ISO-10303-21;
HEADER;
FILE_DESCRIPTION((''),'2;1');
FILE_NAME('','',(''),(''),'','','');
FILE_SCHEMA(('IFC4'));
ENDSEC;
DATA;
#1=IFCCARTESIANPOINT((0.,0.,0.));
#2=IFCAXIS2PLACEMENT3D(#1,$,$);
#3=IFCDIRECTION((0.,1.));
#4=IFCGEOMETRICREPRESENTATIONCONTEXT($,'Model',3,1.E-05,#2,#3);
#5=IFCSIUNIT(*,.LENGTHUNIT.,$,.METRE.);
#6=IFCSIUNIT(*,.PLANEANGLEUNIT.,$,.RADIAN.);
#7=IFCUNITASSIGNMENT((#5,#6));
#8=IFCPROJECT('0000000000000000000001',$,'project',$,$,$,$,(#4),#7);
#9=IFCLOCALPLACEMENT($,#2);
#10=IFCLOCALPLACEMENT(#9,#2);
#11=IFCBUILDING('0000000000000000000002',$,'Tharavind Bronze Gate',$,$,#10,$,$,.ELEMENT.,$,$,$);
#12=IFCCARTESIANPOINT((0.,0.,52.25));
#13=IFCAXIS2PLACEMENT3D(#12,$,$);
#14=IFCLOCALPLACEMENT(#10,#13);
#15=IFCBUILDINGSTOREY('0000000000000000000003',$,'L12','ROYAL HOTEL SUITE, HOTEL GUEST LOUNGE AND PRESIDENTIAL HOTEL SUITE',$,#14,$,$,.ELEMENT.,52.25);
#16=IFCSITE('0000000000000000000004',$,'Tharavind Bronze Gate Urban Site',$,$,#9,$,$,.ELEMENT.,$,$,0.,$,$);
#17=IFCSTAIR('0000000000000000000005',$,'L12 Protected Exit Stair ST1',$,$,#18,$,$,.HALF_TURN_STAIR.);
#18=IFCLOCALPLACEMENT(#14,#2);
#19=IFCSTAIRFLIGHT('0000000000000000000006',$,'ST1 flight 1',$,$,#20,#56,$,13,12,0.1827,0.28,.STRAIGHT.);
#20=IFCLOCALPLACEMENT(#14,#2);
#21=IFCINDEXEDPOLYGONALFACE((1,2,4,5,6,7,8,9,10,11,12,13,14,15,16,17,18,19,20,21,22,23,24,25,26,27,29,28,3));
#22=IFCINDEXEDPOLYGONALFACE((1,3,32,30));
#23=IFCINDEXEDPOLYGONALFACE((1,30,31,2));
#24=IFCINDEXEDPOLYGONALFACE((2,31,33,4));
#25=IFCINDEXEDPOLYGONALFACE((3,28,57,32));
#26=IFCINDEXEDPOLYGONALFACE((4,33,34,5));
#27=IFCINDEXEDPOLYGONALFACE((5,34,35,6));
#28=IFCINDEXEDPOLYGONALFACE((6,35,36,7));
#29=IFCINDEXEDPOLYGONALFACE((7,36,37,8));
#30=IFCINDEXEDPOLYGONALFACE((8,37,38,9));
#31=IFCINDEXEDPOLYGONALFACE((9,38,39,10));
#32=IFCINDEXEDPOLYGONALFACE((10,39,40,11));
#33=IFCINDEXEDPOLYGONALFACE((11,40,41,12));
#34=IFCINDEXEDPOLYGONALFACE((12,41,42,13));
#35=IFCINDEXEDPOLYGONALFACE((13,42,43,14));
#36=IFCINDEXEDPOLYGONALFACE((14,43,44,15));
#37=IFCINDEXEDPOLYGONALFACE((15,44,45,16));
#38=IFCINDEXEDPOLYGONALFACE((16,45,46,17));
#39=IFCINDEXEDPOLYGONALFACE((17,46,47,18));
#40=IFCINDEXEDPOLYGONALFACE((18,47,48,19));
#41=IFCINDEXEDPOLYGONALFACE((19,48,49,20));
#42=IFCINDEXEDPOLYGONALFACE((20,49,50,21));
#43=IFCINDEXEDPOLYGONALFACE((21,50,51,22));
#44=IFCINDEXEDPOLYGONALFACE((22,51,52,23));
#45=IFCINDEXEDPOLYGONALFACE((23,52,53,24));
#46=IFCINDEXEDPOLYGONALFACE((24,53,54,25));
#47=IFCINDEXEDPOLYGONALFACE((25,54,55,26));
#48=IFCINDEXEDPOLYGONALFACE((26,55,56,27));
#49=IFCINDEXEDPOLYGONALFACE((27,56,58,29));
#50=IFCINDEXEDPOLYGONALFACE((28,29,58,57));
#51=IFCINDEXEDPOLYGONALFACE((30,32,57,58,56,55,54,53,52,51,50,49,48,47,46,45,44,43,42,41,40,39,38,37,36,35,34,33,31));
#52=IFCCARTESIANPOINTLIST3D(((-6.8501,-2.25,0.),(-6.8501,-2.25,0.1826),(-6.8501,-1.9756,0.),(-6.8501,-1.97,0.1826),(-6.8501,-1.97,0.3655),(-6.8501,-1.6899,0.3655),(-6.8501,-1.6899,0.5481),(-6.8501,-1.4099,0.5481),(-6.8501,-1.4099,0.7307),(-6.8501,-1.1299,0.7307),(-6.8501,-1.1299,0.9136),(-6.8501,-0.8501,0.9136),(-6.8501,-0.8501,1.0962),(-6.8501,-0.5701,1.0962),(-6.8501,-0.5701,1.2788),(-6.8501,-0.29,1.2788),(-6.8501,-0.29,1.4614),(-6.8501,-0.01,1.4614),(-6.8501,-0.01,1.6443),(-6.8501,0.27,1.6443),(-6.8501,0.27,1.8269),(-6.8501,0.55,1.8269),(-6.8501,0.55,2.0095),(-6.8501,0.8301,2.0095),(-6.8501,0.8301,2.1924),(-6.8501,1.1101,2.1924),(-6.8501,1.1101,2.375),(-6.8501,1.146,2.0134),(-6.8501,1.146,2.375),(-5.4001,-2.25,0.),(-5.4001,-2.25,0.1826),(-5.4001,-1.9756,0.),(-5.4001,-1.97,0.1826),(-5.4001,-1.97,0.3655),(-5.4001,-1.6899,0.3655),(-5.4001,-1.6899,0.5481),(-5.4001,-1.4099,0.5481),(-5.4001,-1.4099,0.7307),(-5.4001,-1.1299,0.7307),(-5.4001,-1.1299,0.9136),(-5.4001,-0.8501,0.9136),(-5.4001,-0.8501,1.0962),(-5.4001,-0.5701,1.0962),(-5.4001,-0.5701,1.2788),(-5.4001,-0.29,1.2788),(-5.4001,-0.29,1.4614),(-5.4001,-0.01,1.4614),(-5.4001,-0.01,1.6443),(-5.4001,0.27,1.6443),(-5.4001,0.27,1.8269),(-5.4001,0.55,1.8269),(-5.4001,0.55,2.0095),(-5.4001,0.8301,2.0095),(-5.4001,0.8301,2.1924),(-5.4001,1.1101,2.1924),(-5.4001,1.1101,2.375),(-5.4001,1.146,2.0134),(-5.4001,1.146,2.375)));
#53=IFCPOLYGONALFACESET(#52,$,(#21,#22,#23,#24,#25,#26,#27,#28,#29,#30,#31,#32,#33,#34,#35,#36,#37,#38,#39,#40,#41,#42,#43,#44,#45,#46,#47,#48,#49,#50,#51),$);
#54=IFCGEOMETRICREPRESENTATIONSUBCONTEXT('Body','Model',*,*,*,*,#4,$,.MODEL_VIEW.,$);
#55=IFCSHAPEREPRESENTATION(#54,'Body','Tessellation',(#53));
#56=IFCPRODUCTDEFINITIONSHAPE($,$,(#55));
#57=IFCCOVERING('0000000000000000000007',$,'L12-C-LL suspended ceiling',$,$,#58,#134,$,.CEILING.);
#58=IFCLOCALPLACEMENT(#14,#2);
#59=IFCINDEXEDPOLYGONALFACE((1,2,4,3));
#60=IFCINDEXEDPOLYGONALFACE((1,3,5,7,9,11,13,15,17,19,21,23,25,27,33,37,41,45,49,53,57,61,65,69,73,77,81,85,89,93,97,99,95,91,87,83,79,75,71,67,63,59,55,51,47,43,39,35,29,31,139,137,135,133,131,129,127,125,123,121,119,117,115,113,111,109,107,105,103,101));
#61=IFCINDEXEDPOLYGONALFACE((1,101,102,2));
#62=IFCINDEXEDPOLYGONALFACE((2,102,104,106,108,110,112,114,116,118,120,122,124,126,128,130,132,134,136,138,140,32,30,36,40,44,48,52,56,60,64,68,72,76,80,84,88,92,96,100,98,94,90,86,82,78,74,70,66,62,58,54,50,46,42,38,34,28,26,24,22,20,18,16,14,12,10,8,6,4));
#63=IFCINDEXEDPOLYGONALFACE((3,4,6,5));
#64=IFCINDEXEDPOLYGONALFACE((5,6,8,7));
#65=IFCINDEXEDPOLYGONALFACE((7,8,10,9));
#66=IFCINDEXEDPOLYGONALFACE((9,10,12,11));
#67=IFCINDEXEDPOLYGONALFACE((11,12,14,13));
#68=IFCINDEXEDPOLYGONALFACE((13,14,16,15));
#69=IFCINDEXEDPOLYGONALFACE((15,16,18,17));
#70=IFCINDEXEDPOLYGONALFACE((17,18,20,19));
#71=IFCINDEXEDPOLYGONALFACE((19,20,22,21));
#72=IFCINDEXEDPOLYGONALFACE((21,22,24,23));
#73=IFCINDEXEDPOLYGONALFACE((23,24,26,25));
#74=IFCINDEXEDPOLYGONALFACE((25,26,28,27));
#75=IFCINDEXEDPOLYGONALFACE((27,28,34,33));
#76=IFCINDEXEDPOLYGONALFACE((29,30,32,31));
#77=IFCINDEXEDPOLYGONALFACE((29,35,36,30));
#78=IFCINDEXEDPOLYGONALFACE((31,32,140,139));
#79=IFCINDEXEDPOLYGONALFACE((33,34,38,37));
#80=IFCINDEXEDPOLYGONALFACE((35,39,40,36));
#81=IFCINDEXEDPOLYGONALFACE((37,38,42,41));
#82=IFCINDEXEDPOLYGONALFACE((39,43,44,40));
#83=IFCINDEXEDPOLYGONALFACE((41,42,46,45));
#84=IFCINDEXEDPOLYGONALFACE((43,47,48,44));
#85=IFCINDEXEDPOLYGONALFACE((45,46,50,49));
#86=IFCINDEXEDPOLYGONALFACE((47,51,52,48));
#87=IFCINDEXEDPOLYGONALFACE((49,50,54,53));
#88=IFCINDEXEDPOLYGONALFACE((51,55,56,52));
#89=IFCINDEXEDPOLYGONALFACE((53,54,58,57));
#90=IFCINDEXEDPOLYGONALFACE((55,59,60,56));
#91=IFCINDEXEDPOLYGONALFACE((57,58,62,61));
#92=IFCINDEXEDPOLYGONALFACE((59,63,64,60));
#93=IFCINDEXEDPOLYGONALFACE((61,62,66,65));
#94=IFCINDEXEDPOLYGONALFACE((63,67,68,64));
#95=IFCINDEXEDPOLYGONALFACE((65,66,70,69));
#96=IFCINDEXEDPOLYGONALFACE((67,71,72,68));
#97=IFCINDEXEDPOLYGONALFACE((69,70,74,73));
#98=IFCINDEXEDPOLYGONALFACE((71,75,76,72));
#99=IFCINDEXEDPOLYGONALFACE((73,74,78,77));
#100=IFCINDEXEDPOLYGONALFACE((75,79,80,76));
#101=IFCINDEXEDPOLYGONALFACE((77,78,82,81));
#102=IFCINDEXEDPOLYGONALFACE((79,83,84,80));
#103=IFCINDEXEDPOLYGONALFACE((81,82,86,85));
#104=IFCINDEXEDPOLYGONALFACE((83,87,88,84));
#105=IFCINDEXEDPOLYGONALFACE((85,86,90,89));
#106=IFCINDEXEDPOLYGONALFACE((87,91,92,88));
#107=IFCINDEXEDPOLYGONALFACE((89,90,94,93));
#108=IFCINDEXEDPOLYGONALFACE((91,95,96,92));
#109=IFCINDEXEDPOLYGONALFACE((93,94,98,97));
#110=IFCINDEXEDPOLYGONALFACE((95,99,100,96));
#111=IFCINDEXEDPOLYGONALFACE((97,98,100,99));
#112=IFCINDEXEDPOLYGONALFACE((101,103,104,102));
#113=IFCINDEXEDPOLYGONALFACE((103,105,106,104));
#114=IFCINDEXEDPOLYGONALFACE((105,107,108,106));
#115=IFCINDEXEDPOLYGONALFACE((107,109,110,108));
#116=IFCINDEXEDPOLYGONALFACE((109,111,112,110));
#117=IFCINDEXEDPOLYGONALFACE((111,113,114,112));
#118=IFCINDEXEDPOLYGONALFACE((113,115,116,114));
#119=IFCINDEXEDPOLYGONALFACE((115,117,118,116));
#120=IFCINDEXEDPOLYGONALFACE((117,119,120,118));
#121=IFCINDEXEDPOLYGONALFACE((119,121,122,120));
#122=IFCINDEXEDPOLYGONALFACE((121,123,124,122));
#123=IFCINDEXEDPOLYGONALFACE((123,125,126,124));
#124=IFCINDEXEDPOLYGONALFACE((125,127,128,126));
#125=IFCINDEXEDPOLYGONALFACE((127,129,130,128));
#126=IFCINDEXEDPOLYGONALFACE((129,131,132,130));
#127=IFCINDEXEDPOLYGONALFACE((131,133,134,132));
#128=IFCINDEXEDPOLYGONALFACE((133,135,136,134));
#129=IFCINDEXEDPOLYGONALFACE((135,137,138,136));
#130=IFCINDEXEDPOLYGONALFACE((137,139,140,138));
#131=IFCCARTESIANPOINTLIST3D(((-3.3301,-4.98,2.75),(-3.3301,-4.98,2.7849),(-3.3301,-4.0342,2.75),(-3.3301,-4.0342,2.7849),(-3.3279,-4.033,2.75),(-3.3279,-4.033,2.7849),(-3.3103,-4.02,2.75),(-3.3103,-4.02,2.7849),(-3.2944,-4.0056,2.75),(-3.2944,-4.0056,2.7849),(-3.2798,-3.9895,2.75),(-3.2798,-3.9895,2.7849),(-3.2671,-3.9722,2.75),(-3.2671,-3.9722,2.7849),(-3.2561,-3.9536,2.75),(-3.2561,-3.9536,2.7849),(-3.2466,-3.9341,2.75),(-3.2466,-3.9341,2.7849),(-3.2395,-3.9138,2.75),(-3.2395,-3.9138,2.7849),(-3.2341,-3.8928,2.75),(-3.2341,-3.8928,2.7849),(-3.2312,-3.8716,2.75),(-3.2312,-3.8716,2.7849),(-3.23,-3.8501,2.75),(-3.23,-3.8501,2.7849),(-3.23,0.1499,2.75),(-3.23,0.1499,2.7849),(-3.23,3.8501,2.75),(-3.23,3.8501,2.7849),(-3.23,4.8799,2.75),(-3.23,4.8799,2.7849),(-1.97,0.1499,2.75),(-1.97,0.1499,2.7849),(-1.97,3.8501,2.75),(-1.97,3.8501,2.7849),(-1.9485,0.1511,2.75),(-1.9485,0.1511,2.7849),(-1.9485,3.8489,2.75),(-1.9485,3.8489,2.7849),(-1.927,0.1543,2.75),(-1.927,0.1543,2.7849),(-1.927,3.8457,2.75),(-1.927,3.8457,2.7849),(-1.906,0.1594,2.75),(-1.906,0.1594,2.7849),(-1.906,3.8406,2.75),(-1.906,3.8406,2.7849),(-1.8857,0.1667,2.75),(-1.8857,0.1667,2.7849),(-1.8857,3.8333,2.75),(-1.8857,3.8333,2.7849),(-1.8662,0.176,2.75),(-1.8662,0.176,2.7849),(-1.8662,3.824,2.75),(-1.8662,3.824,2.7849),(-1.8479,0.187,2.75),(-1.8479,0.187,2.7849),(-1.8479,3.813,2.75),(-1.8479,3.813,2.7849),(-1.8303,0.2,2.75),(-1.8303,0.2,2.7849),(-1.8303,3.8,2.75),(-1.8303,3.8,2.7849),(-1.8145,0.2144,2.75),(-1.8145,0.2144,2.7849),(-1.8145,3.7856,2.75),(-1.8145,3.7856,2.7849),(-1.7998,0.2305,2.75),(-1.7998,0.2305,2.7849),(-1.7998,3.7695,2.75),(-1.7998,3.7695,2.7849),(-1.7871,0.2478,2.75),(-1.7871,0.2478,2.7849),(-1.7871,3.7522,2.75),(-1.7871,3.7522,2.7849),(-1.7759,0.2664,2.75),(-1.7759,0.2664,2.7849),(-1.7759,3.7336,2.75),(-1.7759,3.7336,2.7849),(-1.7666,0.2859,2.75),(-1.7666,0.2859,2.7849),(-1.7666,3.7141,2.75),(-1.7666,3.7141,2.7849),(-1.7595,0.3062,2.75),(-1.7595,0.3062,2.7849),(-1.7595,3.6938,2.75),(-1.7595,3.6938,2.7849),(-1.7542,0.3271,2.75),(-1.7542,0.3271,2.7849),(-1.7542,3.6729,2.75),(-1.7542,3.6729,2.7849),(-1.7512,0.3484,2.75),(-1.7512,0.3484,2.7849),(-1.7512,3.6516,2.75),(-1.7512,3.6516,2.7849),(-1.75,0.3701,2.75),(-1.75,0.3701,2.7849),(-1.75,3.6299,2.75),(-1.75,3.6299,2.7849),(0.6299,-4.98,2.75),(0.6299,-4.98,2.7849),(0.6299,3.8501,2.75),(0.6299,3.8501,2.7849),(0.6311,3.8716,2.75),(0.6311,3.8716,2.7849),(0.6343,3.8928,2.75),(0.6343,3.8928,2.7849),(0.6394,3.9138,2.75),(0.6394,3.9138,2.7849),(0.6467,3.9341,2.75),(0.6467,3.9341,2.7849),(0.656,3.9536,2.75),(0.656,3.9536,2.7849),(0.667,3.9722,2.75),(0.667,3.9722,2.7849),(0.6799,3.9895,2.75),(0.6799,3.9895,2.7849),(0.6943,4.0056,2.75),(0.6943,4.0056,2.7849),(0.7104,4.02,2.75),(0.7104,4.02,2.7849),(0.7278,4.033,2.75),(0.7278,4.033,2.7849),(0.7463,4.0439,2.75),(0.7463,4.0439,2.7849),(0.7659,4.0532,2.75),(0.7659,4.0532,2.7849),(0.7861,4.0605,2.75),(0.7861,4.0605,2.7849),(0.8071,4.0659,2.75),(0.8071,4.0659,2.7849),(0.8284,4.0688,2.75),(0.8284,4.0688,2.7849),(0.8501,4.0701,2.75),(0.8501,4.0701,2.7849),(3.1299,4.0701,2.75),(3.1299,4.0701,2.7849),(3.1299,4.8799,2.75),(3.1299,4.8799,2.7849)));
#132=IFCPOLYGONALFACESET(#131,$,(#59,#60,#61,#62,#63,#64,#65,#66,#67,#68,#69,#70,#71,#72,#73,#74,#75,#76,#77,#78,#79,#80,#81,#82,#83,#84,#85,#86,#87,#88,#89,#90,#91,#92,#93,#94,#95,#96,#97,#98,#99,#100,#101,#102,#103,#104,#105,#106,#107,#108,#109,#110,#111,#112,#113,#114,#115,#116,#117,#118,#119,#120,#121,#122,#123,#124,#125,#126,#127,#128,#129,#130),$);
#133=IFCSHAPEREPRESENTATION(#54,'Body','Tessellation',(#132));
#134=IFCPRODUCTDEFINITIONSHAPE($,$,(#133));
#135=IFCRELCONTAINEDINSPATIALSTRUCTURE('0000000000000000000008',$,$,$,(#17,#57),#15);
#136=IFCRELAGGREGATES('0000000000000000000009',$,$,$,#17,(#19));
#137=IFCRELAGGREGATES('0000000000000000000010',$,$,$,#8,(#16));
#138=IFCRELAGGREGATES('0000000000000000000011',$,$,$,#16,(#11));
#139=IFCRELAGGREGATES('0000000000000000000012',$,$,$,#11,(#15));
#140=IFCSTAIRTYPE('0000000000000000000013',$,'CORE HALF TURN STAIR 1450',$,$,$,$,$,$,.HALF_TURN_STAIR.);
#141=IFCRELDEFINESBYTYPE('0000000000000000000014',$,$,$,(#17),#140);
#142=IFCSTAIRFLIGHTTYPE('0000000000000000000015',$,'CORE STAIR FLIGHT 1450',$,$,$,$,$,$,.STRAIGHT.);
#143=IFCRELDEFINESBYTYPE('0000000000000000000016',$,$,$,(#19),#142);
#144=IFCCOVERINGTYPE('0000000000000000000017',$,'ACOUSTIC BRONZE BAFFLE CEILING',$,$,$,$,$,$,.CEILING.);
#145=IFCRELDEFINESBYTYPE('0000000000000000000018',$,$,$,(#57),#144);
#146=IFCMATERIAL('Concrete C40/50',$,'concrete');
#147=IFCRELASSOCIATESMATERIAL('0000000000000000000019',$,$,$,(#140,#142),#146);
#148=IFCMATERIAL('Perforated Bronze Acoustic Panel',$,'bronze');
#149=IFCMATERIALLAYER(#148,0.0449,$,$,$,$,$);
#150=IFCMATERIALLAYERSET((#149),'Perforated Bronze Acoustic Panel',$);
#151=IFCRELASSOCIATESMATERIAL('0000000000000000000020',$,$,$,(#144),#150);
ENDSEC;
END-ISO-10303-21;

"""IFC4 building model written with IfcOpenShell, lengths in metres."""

from ifc_helpers import new_model, si_unit, direction, frame, origin, place, context, subcontext, project, spatial, polyline, outline, extrude, material, layer, layer_set, type_object, element, aggregate, save


model = new_model("IFC4")

# Units and contexts
model_context = context("Model", 3, precision=1e-05, world=origin(), true_north=direction((0.0, 1.0)))
body_context = subcontext(model_context, "Body", "Model", "MODEL_VIEW")
ifc_project = project(units=[si_unit("LENGTHUNIT", "METRE"), si_unit("PLANEANGLEUNIT", "RADIAN")], contexts=[model_context])

# Site, building, storey
site_placement = place(None, origin())
site = spatial("IfcSite", under=ifc_project, at=site_placement, Name="Tharavind Bronze Gate Urban Site", CompositionType="ELEMENT", RefElevation=0.0)
building_placement = place(site_placement, origin())
building = spatial("IfcBuilding", under=site, at=building_placement, Name="Tharavind Bronze Gate", CompositionType="ELEMENT")
storey_placement = place(building_placement, frame((0.0, 0.0, 52.25)))
storey = spatial("IfcBuildingStorey", under=building, at=storey_placement, Name="L12", Description="ROYAL HOTEL SUITE, HOTEL GUEST LOUNGE AND PRESIDENTIAL HOTEL SUITE", CompositionType="ELEMENT", Elevation=52.25)

# Shared definitions
ifc_material_1 = material(Name="Concrete C40/50", Category="concrete")

# Stair
stair_type = type_object("IfcStairType", Name="CORE HALF TURN STAIR 1450", PredefinedType="HALF_TURN_STAIR", material=ifc_material_1)
stair_1_placement = place(storey_placement, origin())
stair_1 = element("IfcStair", 1, at=stair_1_placement, inside=storey, type_object=stair_type, Name="L12 Protected Exit Stair ST1", PredefinedType="HALF_TURN_STAIR")

# Stair flight
stair_flight_type = type_object("IfcStairFlightType", Name="CORE STAIR FLIGHT 1450", PredefinedType="STRAIGHT", material=ifc_material_1)
stair_flight_placement = place(storey_placement, frame((-6.125, -2.25, 0.0), z_axis=(0.0, 0.0, 1.0), x_axis=(0.0, 1.0, 0.0)))
stair_flight = element("IfcStairFlight", 2, at=stair_flight_placement, type_object=stair_flight_type, Name="ST1 flight 1", NumberOfRisers=13, NumberOfTreads=12, PredefinedType="STRAIGHT", RiserHeight=0.1827, TreadLength=0.28, context=body_context, shape_type="SweptSolid", body=[
    extrude(outline(polyline([(0.0, 0.0), (0.0, 0.1826), (0.28, 0.1826), (0.28, 0.3655), (0.5601, 0.3655), (0.5601, 0.5481), (0.8401, 0.5481), (0.8401, 0.7307), (1.1201, 0.7307), (1.1201, 0.9136), (1.3999, 0.9136), (1.3999, 1.0962), (1.6799, 1.0962), (1.6799, 1.2788), (1.96, 1.2788), (1.96, 1.4614), (2.24, 1.4614), (2.24, 1.6443), (2.52, 1.6443), (2.52, 1.8269), (2.8, 1.8269), (2.8, 2.0095), (3.0801, 2.0095), (3.0801, 2.1924), (3.3601, 2.1924), (3.3601, 2.375), (3.396, 2.375), (3.396, 2.0134), (0.2744, 0.0), (0.0, 0.0)])), frame((0.0, 0.7251, 0.0), z_axis=(0.0, -1.0, 0.0), x_axis=(1.0, 0.0, 0.0)), (0.0, 0.0, 1.0), 1.45),
])
aggregate(stair_1, [stair_flight])

# Covering
ifc_material_2 = material(Name="Perforated Bronze Acoustic Panel", Category="bronze")
ifc_layer_1 = layer(ifc_material_2, 0.0449)
ifc_layer_set_1 = layer_set([ifc_layer_1], Name="Perforated Bronze Acoustic Panel")
covering_type_1 = type_object("IfcCoveringType", Name="ACOUSTIC BRONZE BAFFLE CEILING", PredefinedType="CEILING", material=ifc_layer_set_1)
covering_1_placement = place(storey_placement, frame((0.0, 0.0, 2.75)))
element("IfcCovering", 3, at=covering_1_placement, inside=storey, type_object=covering_type_1, Name="L12-C-LL suspended ceiling", PredefinedType="CEILING", context=body_context, shape_type="SweptSolid", body=[
    extrude(outline(polyline([(-3.3301, -4.98), (0.6299, -4.98), (0.6299, 3.8501), (0.6311, 3.8716), (0.6343, 3.8928), (0.6394, 3.9138), (0.6467, 3.9341), (0.656, 3.9536), (0.667, 3.9722), (0.6799, 3.9895), (0.6943, 4.0056), (0.7104, 4.02), (0.7278, 4.033), (0.7463, 4.0439), (0.7659, 4.0532), (0.7861, 4.0605), (0.8071, 4.0659), (0.8284, 4.0688), (0.8501, 4.0701), (3.1299, 4.0701), (3.1299, 4.8799), (-3.23, 4.8799), (-3.23, 3.8501), (-1.97, 3.8501), (-1.9485, 3.8489), (-1.927, 3.8457), (-1.906, 3.8406), (-1.8857, 3.8333), (-1.8662, 3.824), (-1.8479, 3.813), (-1.8303, 3.8), (-1.8145, 3.7856), (-1.7998, 3.7695), (-1.7871, 3.7522), (-1.7759, 3.7336), (-1.7666, 3.7141), (-1.7595, 3.6938), (-1.7542, 3.6729), (-1.7512, 3.6516), (-1.75, 3.6299), (-1.75, 0.3701), (-1.7512, 0.3484), (-1.7542, 0.3271), (-1.7595, 0.3062), (-1.7666, 0.2859), (-1.7759, 0.2664), (-1.7871, 0.2478), (-1.7998, 0.2305), (-1.8145, 0.2144), (-1.8303, 0.2), (-1.8479, 0.187), (-1.8662, 0.176), (-1.8857, 0.1667), (-1.906, 0.1594), (-1.927, 0.1543), (-1.9485, 0.1511), (-1.97, 0.1499), (-3.23, 0.1499), (-3.23, -3.8501), (-3.2312, -3.8716), (-3.2341, -3.8928), (-3.2395, -3.9138), (-3.2466, -3.9341), (-3.2561, -3.9536), (-3.2671, -3.9722), (-3.2798, -3.9895), (-3.2944, -4.0056), (-3.3103, -4.02), (-3.3279, -4.033), (-3.3301, -4.0342), (-3.3301, -4.98)])), origin(), (0.0, 0.0, 1.0), 0.0349),
])

save(model, "model.ifc")
